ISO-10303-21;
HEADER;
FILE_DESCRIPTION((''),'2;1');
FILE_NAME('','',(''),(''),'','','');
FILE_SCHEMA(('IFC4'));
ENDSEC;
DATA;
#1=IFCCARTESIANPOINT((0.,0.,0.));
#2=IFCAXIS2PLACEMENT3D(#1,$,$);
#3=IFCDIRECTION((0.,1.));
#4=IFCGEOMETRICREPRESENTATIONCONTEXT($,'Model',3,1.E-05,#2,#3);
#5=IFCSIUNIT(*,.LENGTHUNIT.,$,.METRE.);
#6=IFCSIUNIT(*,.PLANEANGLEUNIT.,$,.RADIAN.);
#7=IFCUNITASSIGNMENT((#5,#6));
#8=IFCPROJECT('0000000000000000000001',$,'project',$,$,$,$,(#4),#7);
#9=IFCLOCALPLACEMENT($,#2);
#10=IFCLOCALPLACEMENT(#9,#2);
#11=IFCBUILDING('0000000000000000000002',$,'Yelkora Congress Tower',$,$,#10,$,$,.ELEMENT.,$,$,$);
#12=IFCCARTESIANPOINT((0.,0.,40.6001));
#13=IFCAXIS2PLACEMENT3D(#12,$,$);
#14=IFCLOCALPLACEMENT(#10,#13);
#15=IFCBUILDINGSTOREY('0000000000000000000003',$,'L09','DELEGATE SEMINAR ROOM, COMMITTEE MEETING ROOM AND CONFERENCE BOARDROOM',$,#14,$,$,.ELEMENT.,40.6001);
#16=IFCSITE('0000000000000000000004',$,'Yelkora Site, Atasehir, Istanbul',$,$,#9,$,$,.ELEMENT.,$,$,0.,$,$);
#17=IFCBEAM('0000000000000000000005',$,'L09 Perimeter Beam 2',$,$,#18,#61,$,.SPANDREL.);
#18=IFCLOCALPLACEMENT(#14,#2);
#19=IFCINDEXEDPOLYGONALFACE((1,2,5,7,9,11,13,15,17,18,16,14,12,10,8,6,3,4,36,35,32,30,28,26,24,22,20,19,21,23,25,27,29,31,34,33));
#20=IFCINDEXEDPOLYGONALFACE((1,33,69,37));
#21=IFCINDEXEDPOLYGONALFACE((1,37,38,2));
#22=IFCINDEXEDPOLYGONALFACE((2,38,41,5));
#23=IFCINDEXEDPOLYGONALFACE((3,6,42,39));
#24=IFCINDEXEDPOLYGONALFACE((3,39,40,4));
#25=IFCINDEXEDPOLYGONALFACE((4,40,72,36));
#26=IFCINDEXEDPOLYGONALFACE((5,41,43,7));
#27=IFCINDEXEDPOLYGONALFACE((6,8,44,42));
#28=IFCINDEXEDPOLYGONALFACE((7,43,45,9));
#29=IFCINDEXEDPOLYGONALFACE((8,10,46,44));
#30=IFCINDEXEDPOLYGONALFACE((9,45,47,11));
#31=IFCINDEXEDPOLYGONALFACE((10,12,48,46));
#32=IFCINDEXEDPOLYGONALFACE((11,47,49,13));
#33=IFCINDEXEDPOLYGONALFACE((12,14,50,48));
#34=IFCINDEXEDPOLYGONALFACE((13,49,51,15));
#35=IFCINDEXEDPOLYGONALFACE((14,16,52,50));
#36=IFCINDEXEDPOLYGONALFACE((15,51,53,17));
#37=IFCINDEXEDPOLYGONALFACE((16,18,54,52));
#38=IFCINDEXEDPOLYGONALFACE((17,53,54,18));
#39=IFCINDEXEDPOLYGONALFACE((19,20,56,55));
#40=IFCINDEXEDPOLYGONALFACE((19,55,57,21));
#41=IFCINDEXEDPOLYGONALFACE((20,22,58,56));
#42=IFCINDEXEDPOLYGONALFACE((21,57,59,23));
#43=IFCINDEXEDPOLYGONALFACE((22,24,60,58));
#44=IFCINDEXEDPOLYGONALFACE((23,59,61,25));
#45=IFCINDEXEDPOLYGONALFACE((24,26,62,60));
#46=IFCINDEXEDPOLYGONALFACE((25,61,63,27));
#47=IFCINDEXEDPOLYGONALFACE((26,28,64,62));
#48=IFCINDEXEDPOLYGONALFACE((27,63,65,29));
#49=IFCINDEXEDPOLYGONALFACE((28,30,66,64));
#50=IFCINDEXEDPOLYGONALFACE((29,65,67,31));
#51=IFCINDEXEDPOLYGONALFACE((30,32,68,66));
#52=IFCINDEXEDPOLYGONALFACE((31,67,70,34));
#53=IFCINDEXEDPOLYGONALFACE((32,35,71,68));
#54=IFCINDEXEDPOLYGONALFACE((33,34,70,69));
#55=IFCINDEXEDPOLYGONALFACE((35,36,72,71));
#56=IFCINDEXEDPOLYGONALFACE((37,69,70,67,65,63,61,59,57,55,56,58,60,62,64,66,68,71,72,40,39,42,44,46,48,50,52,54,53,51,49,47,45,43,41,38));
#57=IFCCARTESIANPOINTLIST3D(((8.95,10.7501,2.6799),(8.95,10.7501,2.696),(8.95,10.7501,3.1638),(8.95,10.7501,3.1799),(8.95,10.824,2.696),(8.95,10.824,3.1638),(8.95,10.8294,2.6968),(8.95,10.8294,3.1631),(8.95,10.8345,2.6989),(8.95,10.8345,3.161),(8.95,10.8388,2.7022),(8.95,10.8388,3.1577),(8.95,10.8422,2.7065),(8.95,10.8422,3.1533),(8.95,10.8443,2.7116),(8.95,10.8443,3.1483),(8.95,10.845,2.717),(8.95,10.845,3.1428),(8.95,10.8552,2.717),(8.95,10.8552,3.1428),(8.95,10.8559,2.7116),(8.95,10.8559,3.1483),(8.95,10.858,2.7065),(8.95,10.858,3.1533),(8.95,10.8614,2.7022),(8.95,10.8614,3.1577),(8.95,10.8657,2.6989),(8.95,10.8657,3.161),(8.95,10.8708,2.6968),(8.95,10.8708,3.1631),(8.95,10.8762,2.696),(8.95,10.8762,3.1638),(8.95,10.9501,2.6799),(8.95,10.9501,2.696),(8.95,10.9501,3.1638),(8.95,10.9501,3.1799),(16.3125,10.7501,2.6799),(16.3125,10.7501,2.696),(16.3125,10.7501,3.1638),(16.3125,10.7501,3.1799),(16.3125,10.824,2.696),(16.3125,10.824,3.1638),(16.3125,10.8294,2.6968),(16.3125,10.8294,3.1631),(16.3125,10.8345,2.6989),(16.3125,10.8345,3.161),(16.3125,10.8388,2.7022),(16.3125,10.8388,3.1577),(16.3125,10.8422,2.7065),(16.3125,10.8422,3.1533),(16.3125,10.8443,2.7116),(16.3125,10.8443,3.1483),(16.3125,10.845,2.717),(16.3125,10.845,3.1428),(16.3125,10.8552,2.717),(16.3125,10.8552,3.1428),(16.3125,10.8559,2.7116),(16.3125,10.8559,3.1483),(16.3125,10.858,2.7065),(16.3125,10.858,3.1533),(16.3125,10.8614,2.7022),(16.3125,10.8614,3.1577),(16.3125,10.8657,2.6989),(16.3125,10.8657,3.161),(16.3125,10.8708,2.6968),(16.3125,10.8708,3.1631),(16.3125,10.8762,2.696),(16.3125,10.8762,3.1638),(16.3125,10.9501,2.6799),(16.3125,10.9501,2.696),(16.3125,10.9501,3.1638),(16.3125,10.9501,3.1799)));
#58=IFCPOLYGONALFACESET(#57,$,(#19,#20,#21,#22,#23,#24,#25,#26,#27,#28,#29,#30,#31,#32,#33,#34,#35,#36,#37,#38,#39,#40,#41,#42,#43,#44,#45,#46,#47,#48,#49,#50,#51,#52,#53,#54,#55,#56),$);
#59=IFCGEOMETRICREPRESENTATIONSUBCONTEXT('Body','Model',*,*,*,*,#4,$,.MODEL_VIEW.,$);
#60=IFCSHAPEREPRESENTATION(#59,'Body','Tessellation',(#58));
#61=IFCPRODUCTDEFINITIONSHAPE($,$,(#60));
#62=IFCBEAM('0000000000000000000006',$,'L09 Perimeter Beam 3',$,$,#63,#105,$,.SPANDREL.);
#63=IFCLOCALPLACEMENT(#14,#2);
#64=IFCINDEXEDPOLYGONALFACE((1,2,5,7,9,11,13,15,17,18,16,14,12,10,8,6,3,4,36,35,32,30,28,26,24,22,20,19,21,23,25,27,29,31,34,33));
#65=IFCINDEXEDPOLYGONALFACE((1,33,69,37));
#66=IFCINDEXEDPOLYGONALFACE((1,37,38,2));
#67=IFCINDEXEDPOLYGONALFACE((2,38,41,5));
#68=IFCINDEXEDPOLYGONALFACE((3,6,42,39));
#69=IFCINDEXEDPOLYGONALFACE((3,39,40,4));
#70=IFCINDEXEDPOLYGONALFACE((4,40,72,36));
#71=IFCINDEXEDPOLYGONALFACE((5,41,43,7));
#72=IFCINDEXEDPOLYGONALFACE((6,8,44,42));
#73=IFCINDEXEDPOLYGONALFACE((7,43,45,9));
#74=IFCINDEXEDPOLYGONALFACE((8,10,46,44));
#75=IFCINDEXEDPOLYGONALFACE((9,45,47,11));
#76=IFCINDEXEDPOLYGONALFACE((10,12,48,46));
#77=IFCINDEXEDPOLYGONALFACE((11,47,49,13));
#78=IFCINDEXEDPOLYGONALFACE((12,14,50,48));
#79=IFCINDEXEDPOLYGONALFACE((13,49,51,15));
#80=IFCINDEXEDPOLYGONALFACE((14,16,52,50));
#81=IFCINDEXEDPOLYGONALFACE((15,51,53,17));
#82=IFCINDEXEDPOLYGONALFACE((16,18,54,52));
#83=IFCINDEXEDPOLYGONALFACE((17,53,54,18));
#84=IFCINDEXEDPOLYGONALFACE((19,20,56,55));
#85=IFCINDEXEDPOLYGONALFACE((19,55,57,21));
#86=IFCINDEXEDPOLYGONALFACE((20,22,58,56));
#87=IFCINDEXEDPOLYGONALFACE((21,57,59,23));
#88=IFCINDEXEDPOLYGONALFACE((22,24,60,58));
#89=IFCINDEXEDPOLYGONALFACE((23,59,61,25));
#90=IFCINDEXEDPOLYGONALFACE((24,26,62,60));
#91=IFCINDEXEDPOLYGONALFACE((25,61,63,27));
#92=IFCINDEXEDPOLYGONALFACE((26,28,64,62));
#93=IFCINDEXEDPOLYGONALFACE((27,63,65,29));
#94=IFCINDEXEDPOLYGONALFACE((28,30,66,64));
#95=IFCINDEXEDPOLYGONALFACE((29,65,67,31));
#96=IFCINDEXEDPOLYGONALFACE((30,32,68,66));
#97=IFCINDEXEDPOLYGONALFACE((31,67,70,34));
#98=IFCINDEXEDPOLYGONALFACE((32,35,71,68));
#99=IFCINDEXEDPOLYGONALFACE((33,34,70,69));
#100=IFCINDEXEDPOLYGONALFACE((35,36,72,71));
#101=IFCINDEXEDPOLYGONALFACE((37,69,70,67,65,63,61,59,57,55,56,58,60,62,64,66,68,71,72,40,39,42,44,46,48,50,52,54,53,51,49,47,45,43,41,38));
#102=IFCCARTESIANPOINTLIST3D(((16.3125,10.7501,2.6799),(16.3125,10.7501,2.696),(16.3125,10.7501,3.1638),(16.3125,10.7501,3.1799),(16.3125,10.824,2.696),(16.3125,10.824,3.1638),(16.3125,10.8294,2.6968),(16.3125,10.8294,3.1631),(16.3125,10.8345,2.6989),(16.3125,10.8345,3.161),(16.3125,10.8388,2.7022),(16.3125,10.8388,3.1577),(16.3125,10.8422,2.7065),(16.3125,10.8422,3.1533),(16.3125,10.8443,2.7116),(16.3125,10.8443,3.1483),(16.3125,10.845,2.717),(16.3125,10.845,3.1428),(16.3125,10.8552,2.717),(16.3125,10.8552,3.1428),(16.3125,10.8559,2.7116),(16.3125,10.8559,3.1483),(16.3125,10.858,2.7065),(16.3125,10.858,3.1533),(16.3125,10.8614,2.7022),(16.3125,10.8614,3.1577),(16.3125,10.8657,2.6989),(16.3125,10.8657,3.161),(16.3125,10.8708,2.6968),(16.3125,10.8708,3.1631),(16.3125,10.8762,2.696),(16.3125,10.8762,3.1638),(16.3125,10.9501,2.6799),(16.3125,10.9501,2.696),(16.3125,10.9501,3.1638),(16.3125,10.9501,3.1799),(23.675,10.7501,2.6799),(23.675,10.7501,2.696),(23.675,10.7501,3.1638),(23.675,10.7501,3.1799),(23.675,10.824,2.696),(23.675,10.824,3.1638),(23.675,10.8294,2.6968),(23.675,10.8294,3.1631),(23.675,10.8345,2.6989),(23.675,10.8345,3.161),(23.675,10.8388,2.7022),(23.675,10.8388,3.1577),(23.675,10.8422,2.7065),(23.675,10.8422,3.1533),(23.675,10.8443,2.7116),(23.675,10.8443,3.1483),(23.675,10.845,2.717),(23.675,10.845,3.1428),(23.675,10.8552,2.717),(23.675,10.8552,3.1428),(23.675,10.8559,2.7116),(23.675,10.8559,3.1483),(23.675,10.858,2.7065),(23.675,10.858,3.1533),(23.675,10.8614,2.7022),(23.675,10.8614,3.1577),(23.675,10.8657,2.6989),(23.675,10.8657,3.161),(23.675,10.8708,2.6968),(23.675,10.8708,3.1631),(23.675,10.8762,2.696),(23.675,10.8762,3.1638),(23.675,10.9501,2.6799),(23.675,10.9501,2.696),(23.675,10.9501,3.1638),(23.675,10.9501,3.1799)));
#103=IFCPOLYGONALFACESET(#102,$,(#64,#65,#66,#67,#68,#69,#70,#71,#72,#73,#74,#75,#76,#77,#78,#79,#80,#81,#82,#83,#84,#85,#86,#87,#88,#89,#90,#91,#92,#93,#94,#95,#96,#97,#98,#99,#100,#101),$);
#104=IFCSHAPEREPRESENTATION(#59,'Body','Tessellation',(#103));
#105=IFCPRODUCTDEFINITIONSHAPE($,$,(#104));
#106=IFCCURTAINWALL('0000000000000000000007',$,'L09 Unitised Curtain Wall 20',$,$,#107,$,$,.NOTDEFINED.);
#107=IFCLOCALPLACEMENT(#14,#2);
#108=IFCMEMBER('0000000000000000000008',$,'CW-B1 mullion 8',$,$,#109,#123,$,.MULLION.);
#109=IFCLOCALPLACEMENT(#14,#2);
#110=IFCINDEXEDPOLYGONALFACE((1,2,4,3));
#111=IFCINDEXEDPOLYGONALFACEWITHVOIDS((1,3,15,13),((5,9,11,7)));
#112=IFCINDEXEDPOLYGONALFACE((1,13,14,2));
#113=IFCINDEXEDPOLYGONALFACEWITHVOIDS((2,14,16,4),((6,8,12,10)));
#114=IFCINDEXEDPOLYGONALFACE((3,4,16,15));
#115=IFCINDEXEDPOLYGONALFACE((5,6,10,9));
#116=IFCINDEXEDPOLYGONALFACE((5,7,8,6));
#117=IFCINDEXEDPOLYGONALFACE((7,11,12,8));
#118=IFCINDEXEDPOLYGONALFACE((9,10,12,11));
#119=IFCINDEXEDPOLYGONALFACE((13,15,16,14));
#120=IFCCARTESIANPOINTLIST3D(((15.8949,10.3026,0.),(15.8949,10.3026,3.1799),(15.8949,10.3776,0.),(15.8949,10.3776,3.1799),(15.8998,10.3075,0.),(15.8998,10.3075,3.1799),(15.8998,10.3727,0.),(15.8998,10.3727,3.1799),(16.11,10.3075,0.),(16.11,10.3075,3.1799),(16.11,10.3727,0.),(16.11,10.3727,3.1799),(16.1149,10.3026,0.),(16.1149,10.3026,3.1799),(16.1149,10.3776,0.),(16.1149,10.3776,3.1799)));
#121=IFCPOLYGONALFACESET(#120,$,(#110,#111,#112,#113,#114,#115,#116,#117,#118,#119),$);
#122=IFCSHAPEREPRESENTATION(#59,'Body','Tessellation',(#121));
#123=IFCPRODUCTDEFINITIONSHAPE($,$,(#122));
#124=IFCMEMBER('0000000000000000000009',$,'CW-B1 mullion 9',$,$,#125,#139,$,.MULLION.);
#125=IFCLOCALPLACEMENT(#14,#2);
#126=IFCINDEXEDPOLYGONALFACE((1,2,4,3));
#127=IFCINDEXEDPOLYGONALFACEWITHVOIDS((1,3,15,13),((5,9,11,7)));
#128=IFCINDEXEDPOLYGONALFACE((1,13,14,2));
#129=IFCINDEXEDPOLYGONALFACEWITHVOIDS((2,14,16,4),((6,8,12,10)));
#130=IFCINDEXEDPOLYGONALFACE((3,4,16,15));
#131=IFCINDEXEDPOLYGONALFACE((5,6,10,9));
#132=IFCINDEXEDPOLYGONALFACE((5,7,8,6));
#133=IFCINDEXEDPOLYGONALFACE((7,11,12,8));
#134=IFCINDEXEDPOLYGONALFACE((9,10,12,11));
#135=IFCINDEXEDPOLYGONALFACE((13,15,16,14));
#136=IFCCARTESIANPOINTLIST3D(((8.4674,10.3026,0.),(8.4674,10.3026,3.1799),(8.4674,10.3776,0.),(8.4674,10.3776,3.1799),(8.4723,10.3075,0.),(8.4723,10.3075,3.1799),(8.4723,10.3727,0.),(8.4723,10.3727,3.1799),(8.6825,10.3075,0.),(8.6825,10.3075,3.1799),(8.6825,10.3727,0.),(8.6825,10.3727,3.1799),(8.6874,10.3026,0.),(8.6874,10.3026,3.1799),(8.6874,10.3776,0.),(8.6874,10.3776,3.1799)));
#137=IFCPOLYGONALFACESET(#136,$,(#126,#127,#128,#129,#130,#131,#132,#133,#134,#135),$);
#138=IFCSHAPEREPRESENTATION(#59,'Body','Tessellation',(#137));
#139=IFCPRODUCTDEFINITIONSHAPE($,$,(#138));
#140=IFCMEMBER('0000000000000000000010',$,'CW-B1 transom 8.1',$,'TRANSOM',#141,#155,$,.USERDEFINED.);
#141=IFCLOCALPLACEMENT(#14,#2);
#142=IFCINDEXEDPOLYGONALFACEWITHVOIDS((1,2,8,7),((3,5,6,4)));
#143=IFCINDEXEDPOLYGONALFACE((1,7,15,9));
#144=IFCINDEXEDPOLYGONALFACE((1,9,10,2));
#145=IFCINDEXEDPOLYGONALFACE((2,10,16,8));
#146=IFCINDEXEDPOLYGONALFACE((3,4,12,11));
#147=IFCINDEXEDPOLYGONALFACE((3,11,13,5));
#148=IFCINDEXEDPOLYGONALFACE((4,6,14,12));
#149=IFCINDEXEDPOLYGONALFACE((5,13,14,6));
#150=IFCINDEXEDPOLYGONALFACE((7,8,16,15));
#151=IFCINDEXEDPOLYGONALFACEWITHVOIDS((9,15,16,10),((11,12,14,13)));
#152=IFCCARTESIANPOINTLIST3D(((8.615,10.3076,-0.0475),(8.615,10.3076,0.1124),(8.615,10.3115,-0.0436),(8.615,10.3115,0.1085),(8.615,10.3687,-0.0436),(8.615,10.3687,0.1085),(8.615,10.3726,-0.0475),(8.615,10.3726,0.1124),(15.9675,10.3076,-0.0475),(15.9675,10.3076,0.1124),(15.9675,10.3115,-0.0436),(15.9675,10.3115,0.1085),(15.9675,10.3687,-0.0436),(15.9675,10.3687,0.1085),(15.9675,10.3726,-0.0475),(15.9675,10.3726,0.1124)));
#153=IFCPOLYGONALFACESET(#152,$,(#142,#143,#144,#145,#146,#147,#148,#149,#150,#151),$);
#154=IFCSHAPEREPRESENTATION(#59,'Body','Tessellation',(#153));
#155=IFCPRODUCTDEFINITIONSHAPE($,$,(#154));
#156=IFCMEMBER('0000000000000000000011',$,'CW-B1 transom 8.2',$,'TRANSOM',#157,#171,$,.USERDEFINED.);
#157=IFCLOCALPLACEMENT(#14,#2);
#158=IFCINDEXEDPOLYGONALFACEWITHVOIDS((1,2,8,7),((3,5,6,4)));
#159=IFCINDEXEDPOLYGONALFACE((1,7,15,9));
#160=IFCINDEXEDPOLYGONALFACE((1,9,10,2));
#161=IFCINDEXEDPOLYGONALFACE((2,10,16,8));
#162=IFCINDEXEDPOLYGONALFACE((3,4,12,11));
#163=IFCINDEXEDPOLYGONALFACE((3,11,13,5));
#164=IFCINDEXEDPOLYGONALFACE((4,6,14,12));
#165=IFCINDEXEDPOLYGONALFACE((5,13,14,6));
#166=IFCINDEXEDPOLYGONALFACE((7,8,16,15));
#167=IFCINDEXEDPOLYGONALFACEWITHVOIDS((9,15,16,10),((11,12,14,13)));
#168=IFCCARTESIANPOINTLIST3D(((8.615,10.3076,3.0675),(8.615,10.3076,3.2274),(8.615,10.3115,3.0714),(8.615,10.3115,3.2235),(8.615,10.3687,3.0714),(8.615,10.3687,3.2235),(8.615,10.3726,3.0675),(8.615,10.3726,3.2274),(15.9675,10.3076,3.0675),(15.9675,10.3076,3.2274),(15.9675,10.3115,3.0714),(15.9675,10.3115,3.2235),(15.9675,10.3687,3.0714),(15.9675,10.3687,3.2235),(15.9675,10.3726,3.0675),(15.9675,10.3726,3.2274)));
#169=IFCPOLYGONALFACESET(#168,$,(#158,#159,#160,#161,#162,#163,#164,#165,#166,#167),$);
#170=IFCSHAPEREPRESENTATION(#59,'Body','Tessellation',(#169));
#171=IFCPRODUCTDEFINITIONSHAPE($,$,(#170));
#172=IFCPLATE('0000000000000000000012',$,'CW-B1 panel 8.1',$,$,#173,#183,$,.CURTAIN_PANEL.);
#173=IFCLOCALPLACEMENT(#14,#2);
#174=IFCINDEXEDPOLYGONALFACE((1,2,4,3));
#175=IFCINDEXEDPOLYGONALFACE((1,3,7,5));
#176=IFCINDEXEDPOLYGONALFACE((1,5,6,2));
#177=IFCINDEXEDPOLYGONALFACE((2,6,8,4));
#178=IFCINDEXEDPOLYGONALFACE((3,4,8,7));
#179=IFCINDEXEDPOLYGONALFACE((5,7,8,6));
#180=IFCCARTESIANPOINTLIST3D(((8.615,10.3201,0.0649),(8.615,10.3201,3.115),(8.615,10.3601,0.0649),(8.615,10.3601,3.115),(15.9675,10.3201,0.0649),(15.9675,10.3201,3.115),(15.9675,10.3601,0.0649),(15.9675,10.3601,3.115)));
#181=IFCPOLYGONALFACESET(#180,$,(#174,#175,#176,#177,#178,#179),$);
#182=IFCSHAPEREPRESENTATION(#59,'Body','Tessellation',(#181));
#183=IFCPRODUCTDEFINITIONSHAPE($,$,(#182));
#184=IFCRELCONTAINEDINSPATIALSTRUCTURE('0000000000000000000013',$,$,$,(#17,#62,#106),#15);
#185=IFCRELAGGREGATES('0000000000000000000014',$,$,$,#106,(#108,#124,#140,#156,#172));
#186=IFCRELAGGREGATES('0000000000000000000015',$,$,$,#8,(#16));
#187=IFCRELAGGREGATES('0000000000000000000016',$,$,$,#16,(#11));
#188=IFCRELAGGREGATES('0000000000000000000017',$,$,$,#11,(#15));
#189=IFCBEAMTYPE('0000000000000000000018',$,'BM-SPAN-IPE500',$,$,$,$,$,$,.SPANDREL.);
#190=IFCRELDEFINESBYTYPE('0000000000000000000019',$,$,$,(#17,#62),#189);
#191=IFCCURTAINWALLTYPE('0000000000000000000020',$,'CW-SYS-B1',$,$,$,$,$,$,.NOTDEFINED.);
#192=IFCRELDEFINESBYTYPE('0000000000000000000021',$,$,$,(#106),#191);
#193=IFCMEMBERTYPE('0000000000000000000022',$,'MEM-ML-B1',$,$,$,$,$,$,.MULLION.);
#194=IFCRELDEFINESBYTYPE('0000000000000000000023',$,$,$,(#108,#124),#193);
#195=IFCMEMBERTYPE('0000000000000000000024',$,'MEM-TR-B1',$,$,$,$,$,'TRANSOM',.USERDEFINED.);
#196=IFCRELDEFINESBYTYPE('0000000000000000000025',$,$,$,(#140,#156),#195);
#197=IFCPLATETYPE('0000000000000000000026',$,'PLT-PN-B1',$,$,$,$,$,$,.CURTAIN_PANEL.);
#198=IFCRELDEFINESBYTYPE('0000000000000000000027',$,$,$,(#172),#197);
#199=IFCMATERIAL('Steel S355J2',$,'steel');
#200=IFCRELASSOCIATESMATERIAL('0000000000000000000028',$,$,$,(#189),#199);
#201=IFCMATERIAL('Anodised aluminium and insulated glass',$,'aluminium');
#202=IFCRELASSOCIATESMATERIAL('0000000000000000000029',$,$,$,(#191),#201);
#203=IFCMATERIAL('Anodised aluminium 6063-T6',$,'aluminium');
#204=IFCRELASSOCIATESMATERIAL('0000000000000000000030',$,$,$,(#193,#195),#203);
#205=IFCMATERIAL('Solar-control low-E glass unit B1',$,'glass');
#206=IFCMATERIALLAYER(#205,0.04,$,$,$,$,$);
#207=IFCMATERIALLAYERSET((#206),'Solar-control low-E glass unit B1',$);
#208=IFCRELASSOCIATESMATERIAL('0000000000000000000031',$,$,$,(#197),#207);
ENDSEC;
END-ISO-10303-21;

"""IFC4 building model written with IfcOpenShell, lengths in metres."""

from ifc_helpers import new_model, si_unit, direction, frame, origin, origin_2d, place, context, subcontext, project, spatial, rectangle, hollow_rectangle, i_section, extrude, material, layer, layer_set, material_profile, profile_set, type_object, element, aggregate, save


model = new_model("IFC4")

# Units and contexts
model_context = context("Model", 3, precision=1e-05, world=origin(), true_north=direction((0.0, 1.0)))
body_context = subcontext(model_context, "Body", "Model", "MODEL_VIEW")
ifc_project = project(units=[si_unit("LENGTHUNIT", "METRE"), si_unit("PLANEANGLEUNIT", "RADIAN")], contexts=[model_context])

# Site, building, storey
site_placement = place(None, origin())
site = spatial("IfcSite", under=ifc_project, at=site_placement, Name="Yelkora Site, Atasehir, Istanbul", CompositionType="ELEMENT", RefElevation=0.0)
building_placement = place(site_placement, origin())
building = spatial("IfcBuilding", under=site, at=building_placement, Name="Yelkora Congress Tower", CompositionType="ELEMENT")
storey_placement = place(building_placement, frame((0.0, 0.0, 40.6001)))
storey = spatial("IfcBuildingStorey", under=building, at=storey_placement, Name="L09", Description="DELEGATE SEMINAR ROOM, COMMITTEE MEETING ROOM AND CONFERENCE BOARDROOM", CompositionType="ELEMENT", Elevation=40.6001)

# Beams
ifc_material_1 = material(Name="Steel S355J2", Category="steel")
ifc_material_profile_1 = material_profile(ifc_material_1, i_section(OverallWidth=0.2, OverallDepth=0.5, WebThickness=0.0103, FlangeThickness=0.0161, FilletRadius=0.021, at=origin_2d()), Name="IPE 500")
ifc_profile_set_1 = profile_set([ifc_material_profile_1], Name="Steel S355J2")
beam_type_1 = type_object("IfcBeamType", Name="BM-SPAN-IPE500", PredefinedType="SPANDREL", material=ifc_profile_set_1)
for number, where, z_axis, x_axis, name in (
    (1, (8.95, 10.8501, 2.9299), (1.0, 0.0, 0.0), (0.0, 1.0, 0.0), "L09 Perimeter Beam 2"),
    (2, (16.3125, 10.8501, 2.9299), (1.0, 0.0, 0.0), (0.0, 1.0, 0.0), "L09 Perimeter Beam 3"),
):
    element("IfcBeam", number, at=place(storey_placement, frame(where, z_axis=z_axis, x_axis=x_axis)), inside=storey, type_object=beam_type_1, Name=name, PredefinedType="SPANDREL", context=body_context, shape_type="SweptSolid", body=[
        extrude(i_section(OverallWidth=0.2, OverallDepth=0.5, WebThickness=0.0103, FlangeThickness=0.0161, FilletRadius=0.021, at=origin_2d()), origin(), (0.0, 0.0, 1.0), 7.3625),
    ])

# Curtain wall, members, plate
ifc_material_2 = material(Name="Anodised aluminium and insulated glass", Category="aluminium")
curtain_wall_type = type_object("IfcCurtainWallType", Name="CW-SYS-B1", PredefinedType="NOTDEFINED", material=ifc_material_2)
curtain_wall_placement = place(storey_placement, origin())
curtain_wall = element("IfcCurtainWall", 3, at=curtain_wall_placement, inside=storey, type_object=curtain_wall_type, Name="L09 Unitised Curtain Wall 20", PredefinedType="NOTDEFINED")
ifc_material_3 = material(Name="Anodised aluminium 6063-T6", Category="aluminium")
ifc_material_profile_2 = material_profile(ifc_material_3, hollow_rectangle(XDim=0.075, YDim=0.22, WallThickness=0.0049, at=origin_2d()), Name="ALU 75x220x5")
ifc_profile_set_2 = profile_set([ifc_material_profile_2], Name="Anodised aluminium 6063-T6")
member_type_1 = type_object("IfcMemberType", Name="MEM-ML-B1", PredefinedType="MULLION", material=ifc_profile_set_2)
member_1_placement = place(storey_placement, frame((16.0049, 10.3401, 0.0), z_axis=(0.0, 0.0, 1.0), x_axis=(0.0, -1.0, 0.0)))
member_1 = element("IfcMember", 4, at=member_1_placement, type_object=member_type_1, Name="CW-B1 mullion 8", PredefinedType="MULLION", context=body_context, shape_type="SweptSolid", body=[
    extrude(hollow_rectangle(XDim=0.075, YDim=0.22, WallThickness=0.0049, at=origin_2d()), origin(), (0.0, 0.0, 1.0), 3.1799),
])
member_2_placement = place(storey_placement, frame((8.5774, 10.3401, 0.0), z_axis=(0.0, 0.0, 1.0), x_axis=(0.0, -1.0, 0.0)))
member_2 = element("IfcMember", 5, at=member_2_placement, type_object=member_type_1, Name="CW-B1 mullion 9", PredefinedType="MULLION", context=body_context, shape_type="SweptSolid", body=[
    extrude(hollow_rectangle(XDim=0.075, YDim=0.22, WallThickness=0.0049, at=origin_2d()), origin(), (0.0, 0.0, 1.0), 3.1799),
])
ifc_material_profile_3 = material_profile(ifc_material_3, hollow_rectangle(XDim=0.0649, YDim=0.1599, WallThickness=0.0039, at=origin_2d()), Name="ALU 65x160x4")
ifc_profile_set_3 = profile_set([ifc_material_profile_3], Name="Anodised aluminium 6063-T6")
member_type_2 = type_object("IfcMemberType", Name="MEM-TR-B1", ElementType="TRANSOM", PredefinedType="USERDEFINED", material=ifc_profile_set_3)
member_3_placement = place(storey_placement, frame((15.9675, 10.3401, 0.0325), z_axis=(-1.0, 0.0, 0.0), x_axis=(0.0, -1.0, 0.0)))
member_3 = element("IfcMember", 6, at=member_3_placement, type_object=member_type_2, Name="CW-B1 transom 8.1", ObjectType="TRANSOM", PredefinedType="USERDEFINED", context=body_context, shape_type="SweptSolid", body=[
    extrude(hollow_rectangle(XDim=0.0649, YDim=0.1599, WallThickness=0.0039, at=origin_2d()), origin(), (0.0, 0.0, 1.0), 7.3525),
])
member_4_placement = place(storey_placement, frame((15.9675, 10.3401, 3.1475), z_axis=(-1.0, 0.0, 0.0), x_axis=(0.0, -1.0, 0.0)))
member_4 = element("IfcMember", 7, at=member_4_placement, type_object=member_type_2, Name="CW-B1 transom 8.2", ObjectType="TRANSOM", PredefinedType="USERDEFINED", context=body_context, shape_type="SweptSolid", body=[
    extrude(hollow_rectangle(XDim=0.0649, YDim=0.1599, WallThickness=0.0039, at=origin_2d()), origin(), (0.0, 0.0, 1.0), 7.3525),
])
ifc_material_4 = material(Name="Solar-control low-E glass unit B1", Category="glass")
ifc_layer_1 = layer(ifc_material_4, 0.04)
ifc_layer_set_1 = layer_set([ifc_layer_1], Name="Solar-control low-E glass unit B1")
plate_type = type_object("IfcPlateType", Name="PLT-PN-B1", PredefinedType="CURTAIN_PANEL", material=ifc_layer_set_1)
plate_placement = place(storey_placement, frame((12.2913, 10.3401, 0.0649), z_axis=(0.0, 0.0, 1.0), x_axis=(-1.0, 0.0, 0.0)))
plate = element("IfcPlate", 8, at=plate_placement, type_object=plate_type, Name="CW-B1 panel 8.1", PredefinedType="CURTAIN_PANEL", context=body_context, shape_type="SweptSolid", body=[
    extrude(rectangle(XDim=7.3525, YDim=0.04, at=origin_2d()), origin(), (0.0, 0.0, 1.0), 3.05),
])
aggregate(curtain_wall, [member_1, member_2, member_3, member_4, plate])

save(model, "model.ifc")
